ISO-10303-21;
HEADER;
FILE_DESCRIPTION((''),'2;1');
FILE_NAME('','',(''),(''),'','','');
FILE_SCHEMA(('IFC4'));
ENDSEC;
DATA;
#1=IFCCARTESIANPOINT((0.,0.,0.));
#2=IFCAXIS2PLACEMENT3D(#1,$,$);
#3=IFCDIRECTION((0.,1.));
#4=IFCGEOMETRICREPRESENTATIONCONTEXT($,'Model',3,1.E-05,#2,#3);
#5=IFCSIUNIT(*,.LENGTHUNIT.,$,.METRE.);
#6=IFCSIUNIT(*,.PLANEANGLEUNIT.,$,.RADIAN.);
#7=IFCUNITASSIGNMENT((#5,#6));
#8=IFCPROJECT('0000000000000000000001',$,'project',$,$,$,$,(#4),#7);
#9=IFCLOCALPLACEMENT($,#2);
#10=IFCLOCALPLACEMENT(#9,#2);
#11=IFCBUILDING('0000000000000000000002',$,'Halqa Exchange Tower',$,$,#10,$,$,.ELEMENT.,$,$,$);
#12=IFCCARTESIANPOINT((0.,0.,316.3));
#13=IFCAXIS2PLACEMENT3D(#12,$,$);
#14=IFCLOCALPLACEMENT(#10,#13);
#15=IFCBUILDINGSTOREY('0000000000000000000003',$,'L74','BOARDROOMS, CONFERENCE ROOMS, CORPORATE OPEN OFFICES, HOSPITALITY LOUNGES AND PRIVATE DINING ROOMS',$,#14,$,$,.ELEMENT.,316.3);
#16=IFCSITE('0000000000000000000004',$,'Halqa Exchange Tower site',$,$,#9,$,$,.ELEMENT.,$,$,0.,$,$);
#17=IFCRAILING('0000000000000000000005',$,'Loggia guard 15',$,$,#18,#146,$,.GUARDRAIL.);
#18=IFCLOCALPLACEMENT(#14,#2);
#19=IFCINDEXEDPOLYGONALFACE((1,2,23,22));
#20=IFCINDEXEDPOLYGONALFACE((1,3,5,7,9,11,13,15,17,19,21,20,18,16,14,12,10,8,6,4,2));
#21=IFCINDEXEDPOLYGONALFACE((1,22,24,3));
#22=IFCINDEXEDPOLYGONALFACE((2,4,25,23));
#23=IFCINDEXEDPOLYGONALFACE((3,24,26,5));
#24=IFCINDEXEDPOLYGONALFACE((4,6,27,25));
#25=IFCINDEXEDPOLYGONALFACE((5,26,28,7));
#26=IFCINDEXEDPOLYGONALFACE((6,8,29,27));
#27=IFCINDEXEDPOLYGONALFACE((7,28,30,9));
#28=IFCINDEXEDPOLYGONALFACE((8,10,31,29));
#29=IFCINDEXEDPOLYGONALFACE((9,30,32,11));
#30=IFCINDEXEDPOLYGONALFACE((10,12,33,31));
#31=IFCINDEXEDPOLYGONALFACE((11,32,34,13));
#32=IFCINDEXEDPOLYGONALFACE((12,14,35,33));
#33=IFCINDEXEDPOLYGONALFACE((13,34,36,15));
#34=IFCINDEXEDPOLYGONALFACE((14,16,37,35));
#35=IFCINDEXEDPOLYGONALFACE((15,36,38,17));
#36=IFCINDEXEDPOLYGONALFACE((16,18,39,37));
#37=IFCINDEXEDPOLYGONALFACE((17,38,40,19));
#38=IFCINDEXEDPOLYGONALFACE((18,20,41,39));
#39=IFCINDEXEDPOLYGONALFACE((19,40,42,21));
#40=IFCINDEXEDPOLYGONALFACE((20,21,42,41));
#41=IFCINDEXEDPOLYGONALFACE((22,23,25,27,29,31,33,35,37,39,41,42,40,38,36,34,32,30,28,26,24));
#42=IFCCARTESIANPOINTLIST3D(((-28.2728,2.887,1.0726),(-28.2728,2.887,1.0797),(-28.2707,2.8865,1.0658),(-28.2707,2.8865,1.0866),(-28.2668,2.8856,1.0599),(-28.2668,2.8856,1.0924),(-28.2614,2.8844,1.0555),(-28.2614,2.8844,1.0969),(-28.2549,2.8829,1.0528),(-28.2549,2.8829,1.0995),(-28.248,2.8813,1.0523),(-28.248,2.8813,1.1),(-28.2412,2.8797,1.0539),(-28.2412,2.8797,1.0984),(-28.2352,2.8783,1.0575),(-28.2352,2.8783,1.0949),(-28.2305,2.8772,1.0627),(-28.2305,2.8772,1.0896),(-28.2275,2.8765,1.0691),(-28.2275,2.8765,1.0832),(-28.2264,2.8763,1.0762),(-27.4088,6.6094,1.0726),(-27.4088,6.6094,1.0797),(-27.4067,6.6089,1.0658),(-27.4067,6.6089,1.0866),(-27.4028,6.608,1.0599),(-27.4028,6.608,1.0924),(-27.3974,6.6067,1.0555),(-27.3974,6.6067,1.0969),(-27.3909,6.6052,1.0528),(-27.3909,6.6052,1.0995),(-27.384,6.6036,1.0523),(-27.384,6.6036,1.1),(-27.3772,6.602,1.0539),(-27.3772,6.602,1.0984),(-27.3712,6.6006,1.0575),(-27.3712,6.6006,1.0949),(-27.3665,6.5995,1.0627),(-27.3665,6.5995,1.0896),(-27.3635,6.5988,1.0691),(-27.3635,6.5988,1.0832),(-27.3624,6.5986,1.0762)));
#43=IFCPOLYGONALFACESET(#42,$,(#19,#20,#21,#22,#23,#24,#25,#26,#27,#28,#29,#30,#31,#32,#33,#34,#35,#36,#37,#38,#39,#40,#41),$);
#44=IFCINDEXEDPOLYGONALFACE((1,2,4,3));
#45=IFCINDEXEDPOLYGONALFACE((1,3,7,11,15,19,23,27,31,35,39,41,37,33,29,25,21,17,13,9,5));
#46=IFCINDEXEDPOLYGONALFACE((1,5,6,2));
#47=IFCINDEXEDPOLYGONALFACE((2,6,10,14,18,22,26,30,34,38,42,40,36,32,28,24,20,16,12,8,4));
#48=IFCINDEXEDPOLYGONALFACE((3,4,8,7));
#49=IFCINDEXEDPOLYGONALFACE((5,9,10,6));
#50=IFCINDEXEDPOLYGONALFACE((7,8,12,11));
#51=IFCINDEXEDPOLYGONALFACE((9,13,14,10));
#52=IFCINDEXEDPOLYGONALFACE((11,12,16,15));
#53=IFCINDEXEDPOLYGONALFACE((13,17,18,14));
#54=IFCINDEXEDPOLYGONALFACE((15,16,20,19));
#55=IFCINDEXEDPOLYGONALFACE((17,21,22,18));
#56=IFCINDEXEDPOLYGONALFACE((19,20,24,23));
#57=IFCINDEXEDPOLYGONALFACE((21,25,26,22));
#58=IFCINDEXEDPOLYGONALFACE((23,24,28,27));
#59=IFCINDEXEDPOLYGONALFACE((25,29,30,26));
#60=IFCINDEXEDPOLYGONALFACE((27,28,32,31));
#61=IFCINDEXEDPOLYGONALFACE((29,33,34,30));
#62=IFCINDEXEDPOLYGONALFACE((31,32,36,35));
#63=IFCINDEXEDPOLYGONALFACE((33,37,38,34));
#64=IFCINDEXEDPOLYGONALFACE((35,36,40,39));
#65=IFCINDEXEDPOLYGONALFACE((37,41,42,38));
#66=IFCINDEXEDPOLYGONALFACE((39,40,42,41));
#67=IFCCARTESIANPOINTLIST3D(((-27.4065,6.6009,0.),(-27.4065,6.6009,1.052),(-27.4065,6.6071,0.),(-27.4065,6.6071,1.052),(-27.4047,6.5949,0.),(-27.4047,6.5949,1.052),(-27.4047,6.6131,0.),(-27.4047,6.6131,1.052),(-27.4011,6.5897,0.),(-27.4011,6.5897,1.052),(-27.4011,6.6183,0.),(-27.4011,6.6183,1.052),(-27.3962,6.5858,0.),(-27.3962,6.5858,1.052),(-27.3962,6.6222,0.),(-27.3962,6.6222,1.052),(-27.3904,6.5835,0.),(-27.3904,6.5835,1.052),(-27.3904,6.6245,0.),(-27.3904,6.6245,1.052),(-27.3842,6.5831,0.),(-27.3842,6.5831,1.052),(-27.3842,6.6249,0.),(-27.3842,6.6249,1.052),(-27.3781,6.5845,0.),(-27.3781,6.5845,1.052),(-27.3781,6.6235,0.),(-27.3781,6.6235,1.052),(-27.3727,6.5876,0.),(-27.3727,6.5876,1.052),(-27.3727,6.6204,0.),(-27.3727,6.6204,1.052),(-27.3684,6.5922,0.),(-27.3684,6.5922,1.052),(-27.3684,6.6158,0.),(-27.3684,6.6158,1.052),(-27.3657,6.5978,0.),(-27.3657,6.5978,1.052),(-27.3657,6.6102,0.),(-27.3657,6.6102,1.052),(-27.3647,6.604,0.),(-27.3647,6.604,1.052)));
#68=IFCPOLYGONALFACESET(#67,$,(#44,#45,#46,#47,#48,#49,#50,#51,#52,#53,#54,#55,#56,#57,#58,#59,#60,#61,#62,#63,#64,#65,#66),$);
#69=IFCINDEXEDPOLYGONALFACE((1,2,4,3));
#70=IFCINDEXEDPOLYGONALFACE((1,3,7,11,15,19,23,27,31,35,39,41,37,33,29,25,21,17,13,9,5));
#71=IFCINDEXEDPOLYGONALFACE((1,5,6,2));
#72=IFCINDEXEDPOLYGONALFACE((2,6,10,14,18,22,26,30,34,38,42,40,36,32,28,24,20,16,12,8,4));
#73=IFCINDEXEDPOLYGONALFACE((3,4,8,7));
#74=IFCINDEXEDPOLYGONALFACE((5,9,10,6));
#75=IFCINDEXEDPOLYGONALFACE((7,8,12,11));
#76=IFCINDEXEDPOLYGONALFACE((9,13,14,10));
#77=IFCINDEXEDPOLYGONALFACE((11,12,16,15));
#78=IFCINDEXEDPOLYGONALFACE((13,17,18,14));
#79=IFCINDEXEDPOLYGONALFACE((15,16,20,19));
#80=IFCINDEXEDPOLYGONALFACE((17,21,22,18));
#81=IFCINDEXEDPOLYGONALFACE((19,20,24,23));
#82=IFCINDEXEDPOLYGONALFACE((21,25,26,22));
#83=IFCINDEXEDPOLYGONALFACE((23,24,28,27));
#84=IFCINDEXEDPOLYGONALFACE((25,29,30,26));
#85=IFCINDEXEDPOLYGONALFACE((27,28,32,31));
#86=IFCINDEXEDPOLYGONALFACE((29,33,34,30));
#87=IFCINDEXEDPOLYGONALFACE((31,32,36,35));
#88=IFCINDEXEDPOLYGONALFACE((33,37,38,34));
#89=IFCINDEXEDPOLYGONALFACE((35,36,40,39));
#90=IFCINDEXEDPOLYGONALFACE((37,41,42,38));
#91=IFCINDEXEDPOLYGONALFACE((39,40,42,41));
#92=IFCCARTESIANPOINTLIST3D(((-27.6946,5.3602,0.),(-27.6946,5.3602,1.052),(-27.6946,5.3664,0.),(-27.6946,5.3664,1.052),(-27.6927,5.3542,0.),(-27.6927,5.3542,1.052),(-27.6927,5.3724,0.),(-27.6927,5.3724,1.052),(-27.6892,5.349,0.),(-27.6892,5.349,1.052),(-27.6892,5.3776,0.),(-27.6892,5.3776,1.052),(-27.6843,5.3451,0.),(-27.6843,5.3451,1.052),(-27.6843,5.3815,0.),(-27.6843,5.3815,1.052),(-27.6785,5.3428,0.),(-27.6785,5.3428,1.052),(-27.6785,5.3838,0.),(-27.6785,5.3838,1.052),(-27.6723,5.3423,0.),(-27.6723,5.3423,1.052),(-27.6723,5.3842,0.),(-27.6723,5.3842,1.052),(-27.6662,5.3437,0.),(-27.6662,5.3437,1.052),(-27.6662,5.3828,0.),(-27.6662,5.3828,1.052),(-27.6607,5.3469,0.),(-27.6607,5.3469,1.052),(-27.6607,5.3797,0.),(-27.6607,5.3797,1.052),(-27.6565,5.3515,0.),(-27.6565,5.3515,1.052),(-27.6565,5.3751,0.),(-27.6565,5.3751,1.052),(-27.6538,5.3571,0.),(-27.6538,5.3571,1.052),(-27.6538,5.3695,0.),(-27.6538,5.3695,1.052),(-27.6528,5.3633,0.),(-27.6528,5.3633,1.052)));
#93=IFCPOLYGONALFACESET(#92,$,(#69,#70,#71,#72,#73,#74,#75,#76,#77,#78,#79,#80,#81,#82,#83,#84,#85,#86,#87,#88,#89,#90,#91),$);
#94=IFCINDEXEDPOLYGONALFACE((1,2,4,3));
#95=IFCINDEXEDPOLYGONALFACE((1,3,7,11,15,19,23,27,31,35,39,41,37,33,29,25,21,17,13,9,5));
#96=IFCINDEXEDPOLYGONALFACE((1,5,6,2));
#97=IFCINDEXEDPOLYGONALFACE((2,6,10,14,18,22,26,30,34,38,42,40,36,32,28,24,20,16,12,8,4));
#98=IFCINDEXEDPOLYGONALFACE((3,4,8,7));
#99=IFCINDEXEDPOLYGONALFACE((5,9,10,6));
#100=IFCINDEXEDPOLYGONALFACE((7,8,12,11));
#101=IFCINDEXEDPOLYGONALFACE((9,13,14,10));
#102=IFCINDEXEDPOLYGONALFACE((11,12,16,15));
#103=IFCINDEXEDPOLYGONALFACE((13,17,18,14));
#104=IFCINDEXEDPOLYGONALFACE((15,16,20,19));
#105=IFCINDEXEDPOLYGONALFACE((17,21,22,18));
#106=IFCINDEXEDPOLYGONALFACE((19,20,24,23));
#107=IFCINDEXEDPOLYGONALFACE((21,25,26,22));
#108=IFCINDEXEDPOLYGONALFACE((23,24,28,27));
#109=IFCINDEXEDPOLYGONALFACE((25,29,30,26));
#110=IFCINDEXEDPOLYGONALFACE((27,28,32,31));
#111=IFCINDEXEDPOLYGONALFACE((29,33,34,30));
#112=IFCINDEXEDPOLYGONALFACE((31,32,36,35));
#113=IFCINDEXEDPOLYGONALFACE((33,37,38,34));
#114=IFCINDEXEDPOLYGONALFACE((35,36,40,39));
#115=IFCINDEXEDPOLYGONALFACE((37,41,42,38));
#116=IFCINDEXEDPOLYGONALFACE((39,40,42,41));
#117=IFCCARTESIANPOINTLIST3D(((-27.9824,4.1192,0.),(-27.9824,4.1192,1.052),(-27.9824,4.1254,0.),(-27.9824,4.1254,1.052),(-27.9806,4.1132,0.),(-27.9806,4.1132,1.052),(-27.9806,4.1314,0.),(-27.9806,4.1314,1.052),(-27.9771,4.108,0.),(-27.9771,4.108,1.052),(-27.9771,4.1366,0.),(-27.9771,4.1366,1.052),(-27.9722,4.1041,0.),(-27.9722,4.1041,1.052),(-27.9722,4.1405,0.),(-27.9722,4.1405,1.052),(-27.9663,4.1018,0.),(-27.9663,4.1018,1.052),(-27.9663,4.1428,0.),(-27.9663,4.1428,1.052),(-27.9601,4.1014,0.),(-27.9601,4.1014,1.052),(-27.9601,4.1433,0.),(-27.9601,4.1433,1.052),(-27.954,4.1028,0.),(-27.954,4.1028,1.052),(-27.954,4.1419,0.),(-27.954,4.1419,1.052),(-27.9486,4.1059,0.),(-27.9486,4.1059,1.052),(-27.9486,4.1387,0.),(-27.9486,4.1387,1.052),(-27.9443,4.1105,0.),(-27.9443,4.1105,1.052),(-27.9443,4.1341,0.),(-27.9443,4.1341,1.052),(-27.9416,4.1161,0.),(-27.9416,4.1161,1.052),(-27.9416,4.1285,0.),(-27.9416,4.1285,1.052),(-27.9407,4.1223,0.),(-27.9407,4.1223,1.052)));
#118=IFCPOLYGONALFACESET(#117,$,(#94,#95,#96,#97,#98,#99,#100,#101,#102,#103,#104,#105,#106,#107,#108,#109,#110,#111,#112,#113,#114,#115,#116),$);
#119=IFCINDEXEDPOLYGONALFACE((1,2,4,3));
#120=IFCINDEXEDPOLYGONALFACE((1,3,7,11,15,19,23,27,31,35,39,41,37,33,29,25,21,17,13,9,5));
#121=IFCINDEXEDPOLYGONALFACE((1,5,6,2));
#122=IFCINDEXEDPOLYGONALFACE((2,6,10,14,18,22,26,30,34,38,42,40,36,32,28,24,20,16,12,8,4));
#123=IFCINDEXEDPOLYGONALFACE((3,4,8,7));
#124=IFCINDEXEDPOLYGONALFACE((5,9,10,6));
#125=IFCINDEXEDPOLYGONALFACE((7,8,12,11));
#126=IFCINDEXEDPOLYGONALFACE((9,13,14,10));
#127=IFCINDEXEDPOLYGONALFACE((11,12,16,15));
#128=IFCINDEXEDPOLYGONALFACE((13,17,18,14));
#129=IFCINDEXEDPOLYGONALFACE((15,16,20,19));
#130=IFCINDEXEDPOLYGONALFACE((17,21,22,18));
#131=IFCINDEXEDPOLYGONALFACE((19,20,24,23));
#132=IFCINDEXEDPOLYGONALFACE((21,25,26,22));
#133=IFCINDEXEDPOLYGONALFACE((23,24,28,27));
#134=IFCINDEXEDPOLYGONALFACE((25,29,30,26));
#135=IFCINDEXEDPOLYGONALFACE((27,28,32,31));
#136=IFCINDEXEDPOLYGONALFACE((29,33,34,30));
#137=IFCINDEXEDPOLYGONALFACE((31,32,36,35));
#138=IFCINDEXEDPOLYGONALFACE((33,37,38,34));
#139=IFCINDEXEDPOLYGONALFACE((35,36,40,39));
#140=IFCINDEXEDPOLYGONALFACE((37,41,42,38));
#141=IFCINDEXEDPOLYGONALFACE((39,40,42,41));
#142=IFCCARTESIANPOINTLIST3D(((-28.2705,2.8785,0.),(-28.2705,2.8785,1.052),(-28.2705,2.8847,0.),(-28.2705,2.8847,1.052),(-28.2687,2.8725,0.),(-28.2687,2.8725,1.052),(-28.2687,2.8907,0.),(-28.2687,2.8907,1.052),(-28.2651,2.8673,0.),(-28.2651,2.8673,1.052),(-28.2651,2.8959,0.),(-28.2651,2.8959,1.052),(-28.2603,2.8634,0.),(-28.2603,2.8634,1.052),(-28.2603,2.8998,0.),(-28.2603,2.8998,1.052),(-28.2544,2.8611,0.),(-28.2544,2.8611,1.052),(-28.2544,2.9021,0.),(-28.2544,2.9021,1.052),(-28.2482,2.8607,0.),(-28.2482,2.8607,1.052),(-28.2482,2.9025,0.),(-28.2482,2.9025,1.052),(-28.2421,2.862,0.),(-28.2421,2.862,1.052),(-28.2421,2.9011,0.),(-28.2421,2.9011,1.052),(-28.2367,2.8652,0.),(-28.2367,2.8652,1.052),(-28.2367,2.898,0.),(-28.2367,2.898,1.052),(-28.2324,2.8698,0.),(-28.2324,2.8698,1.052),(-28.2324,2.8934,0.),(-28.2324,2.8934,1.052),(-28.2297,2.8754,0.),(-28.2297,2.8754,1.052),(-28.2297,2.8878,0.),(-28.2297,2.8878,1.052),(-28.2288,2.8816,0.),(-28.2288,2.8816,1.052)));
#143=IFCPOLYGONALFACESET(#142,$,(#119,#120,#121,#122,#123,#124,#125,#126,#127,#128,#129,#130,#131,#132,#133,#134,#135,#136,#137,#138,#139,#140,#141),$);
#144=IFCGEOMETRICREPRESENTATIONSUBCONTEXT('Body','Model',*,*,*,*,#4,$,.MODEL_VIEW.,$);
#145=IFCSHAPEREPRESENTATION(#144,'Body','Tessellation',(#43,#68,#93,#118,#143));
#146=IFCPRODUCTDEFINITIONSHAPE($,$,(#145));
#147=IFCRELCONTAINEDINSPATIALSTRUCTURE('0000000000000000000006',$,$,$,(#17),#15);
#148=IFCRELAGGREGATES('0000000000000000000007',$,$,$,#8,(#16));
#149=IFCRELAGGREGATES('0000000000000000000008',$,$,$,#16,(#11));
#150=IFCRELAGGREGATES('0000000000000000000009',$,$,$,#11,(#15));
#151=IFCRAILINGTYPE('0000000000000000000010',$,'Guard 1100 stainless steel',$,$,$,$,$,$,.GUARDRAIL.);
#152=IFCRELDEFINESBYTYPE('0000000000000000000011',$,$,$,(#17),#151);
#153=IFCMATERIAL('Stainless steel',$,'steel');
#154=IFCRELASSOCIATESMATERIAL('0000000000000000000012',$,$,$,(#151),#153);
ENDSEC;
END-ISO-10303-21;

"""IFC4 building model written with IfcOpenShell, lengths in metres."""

from ifc_helpers import new_model, si_unit, direction, frame, origin, origin_2d, place, context, subcontext, project, spatial, circle, extrude, material, type_object, element, save


model = new_model("IFC4")

# Units and contexts
model_context = context("Model", 3, precision=1e-05, world=origin(), true_north=direction((0.0, 1.0)))
body_context = subcontext(model_context, "Body", "Model", "MODEL_VIEW")
ifc_project = project(units=[si_unit("LENGTHUNIT", "METRE"), si_unit("PLANEANGLEUNIT", "RADIAN")], contexts=[model_context])

# Site, building, storey
site_placement = place(None, origin())
site = spatial("IfcSite", under=ifc_project, at=site_placement, Name="Halqa Exchange Tower site", CompositionType="ELEMENT", RefElevation=0.0)
building_placement = place(site_placement, origin())
building = spatial("IfcBuilding", under=site, at=building_placement, Name="Halqa Exchange Tower", CompositionType="ELEMENT")
storey_placement = place(building_placement, frame((0.0, 0.0, 316.3)))
storey = spatial("IfcBuildingStorey", under=building, at=storey_placement, Name="L74", Description="BOARDROOMS, CONFERENCE ROOMS, CORPORATE OPEN OFFICES, HOSPITALITY LOUNGES AND PRIVATE DINING ROOMS", CompositionType="ELEMENT", Elevation=316.3)

# Railing
ifc_material_1 = material(Name="Stainless steel", Category="steel")
railing_type = type_object("IfcRailingType", Name="Guard 1100 stainless steel", PredefinedType="GUARDRAIL", material=ifc_material_1)
railing_1_placement = place(storey_placement, frame((-27.3857, 6.604, 0.0)))
element("IfcRailing", 1, at=railing_1_placement, inside=storey, type_object=railing_type, Name="Loggia guard 15", PredefinedType="GUARDRAIL", context=body_context, shape_type="SweptSolid", body=[
    extrude(circle(Radius=0.0239, at=origin_2d()), frame((0.0, 0.0, 1.0762), z_axis=(-0.2261, -0.974104, 0.0), x_axis=(0.974104, -0.2261, 0.0)), (0.0, 0.0, 1.0), 3.8213),
    extrude(circle(Radius=0.021, at=origin_2d()), origin(), (0.0, 0.0, 1.0), 1.052),
    extrude(circle(Radius=0.021, at=origin_2d()), frame((-0.2881, -1.2407, 0.0)), (0.0, 0.0, 1.0), 1.052),
    extrude(circle(Radius=0.021, at=origin_2d()), frame((-0.5759, -2.4817, 0.0)), (0.0, 0.0, 1.0), 1.052),
    extrude(circle(Radius=0.021, at=origin_2d()), frame((-0.864, -3.7224, 0.0)), (0.0, 0.0, 1.0), 1.052),
])

save(model, "model.ifc")
